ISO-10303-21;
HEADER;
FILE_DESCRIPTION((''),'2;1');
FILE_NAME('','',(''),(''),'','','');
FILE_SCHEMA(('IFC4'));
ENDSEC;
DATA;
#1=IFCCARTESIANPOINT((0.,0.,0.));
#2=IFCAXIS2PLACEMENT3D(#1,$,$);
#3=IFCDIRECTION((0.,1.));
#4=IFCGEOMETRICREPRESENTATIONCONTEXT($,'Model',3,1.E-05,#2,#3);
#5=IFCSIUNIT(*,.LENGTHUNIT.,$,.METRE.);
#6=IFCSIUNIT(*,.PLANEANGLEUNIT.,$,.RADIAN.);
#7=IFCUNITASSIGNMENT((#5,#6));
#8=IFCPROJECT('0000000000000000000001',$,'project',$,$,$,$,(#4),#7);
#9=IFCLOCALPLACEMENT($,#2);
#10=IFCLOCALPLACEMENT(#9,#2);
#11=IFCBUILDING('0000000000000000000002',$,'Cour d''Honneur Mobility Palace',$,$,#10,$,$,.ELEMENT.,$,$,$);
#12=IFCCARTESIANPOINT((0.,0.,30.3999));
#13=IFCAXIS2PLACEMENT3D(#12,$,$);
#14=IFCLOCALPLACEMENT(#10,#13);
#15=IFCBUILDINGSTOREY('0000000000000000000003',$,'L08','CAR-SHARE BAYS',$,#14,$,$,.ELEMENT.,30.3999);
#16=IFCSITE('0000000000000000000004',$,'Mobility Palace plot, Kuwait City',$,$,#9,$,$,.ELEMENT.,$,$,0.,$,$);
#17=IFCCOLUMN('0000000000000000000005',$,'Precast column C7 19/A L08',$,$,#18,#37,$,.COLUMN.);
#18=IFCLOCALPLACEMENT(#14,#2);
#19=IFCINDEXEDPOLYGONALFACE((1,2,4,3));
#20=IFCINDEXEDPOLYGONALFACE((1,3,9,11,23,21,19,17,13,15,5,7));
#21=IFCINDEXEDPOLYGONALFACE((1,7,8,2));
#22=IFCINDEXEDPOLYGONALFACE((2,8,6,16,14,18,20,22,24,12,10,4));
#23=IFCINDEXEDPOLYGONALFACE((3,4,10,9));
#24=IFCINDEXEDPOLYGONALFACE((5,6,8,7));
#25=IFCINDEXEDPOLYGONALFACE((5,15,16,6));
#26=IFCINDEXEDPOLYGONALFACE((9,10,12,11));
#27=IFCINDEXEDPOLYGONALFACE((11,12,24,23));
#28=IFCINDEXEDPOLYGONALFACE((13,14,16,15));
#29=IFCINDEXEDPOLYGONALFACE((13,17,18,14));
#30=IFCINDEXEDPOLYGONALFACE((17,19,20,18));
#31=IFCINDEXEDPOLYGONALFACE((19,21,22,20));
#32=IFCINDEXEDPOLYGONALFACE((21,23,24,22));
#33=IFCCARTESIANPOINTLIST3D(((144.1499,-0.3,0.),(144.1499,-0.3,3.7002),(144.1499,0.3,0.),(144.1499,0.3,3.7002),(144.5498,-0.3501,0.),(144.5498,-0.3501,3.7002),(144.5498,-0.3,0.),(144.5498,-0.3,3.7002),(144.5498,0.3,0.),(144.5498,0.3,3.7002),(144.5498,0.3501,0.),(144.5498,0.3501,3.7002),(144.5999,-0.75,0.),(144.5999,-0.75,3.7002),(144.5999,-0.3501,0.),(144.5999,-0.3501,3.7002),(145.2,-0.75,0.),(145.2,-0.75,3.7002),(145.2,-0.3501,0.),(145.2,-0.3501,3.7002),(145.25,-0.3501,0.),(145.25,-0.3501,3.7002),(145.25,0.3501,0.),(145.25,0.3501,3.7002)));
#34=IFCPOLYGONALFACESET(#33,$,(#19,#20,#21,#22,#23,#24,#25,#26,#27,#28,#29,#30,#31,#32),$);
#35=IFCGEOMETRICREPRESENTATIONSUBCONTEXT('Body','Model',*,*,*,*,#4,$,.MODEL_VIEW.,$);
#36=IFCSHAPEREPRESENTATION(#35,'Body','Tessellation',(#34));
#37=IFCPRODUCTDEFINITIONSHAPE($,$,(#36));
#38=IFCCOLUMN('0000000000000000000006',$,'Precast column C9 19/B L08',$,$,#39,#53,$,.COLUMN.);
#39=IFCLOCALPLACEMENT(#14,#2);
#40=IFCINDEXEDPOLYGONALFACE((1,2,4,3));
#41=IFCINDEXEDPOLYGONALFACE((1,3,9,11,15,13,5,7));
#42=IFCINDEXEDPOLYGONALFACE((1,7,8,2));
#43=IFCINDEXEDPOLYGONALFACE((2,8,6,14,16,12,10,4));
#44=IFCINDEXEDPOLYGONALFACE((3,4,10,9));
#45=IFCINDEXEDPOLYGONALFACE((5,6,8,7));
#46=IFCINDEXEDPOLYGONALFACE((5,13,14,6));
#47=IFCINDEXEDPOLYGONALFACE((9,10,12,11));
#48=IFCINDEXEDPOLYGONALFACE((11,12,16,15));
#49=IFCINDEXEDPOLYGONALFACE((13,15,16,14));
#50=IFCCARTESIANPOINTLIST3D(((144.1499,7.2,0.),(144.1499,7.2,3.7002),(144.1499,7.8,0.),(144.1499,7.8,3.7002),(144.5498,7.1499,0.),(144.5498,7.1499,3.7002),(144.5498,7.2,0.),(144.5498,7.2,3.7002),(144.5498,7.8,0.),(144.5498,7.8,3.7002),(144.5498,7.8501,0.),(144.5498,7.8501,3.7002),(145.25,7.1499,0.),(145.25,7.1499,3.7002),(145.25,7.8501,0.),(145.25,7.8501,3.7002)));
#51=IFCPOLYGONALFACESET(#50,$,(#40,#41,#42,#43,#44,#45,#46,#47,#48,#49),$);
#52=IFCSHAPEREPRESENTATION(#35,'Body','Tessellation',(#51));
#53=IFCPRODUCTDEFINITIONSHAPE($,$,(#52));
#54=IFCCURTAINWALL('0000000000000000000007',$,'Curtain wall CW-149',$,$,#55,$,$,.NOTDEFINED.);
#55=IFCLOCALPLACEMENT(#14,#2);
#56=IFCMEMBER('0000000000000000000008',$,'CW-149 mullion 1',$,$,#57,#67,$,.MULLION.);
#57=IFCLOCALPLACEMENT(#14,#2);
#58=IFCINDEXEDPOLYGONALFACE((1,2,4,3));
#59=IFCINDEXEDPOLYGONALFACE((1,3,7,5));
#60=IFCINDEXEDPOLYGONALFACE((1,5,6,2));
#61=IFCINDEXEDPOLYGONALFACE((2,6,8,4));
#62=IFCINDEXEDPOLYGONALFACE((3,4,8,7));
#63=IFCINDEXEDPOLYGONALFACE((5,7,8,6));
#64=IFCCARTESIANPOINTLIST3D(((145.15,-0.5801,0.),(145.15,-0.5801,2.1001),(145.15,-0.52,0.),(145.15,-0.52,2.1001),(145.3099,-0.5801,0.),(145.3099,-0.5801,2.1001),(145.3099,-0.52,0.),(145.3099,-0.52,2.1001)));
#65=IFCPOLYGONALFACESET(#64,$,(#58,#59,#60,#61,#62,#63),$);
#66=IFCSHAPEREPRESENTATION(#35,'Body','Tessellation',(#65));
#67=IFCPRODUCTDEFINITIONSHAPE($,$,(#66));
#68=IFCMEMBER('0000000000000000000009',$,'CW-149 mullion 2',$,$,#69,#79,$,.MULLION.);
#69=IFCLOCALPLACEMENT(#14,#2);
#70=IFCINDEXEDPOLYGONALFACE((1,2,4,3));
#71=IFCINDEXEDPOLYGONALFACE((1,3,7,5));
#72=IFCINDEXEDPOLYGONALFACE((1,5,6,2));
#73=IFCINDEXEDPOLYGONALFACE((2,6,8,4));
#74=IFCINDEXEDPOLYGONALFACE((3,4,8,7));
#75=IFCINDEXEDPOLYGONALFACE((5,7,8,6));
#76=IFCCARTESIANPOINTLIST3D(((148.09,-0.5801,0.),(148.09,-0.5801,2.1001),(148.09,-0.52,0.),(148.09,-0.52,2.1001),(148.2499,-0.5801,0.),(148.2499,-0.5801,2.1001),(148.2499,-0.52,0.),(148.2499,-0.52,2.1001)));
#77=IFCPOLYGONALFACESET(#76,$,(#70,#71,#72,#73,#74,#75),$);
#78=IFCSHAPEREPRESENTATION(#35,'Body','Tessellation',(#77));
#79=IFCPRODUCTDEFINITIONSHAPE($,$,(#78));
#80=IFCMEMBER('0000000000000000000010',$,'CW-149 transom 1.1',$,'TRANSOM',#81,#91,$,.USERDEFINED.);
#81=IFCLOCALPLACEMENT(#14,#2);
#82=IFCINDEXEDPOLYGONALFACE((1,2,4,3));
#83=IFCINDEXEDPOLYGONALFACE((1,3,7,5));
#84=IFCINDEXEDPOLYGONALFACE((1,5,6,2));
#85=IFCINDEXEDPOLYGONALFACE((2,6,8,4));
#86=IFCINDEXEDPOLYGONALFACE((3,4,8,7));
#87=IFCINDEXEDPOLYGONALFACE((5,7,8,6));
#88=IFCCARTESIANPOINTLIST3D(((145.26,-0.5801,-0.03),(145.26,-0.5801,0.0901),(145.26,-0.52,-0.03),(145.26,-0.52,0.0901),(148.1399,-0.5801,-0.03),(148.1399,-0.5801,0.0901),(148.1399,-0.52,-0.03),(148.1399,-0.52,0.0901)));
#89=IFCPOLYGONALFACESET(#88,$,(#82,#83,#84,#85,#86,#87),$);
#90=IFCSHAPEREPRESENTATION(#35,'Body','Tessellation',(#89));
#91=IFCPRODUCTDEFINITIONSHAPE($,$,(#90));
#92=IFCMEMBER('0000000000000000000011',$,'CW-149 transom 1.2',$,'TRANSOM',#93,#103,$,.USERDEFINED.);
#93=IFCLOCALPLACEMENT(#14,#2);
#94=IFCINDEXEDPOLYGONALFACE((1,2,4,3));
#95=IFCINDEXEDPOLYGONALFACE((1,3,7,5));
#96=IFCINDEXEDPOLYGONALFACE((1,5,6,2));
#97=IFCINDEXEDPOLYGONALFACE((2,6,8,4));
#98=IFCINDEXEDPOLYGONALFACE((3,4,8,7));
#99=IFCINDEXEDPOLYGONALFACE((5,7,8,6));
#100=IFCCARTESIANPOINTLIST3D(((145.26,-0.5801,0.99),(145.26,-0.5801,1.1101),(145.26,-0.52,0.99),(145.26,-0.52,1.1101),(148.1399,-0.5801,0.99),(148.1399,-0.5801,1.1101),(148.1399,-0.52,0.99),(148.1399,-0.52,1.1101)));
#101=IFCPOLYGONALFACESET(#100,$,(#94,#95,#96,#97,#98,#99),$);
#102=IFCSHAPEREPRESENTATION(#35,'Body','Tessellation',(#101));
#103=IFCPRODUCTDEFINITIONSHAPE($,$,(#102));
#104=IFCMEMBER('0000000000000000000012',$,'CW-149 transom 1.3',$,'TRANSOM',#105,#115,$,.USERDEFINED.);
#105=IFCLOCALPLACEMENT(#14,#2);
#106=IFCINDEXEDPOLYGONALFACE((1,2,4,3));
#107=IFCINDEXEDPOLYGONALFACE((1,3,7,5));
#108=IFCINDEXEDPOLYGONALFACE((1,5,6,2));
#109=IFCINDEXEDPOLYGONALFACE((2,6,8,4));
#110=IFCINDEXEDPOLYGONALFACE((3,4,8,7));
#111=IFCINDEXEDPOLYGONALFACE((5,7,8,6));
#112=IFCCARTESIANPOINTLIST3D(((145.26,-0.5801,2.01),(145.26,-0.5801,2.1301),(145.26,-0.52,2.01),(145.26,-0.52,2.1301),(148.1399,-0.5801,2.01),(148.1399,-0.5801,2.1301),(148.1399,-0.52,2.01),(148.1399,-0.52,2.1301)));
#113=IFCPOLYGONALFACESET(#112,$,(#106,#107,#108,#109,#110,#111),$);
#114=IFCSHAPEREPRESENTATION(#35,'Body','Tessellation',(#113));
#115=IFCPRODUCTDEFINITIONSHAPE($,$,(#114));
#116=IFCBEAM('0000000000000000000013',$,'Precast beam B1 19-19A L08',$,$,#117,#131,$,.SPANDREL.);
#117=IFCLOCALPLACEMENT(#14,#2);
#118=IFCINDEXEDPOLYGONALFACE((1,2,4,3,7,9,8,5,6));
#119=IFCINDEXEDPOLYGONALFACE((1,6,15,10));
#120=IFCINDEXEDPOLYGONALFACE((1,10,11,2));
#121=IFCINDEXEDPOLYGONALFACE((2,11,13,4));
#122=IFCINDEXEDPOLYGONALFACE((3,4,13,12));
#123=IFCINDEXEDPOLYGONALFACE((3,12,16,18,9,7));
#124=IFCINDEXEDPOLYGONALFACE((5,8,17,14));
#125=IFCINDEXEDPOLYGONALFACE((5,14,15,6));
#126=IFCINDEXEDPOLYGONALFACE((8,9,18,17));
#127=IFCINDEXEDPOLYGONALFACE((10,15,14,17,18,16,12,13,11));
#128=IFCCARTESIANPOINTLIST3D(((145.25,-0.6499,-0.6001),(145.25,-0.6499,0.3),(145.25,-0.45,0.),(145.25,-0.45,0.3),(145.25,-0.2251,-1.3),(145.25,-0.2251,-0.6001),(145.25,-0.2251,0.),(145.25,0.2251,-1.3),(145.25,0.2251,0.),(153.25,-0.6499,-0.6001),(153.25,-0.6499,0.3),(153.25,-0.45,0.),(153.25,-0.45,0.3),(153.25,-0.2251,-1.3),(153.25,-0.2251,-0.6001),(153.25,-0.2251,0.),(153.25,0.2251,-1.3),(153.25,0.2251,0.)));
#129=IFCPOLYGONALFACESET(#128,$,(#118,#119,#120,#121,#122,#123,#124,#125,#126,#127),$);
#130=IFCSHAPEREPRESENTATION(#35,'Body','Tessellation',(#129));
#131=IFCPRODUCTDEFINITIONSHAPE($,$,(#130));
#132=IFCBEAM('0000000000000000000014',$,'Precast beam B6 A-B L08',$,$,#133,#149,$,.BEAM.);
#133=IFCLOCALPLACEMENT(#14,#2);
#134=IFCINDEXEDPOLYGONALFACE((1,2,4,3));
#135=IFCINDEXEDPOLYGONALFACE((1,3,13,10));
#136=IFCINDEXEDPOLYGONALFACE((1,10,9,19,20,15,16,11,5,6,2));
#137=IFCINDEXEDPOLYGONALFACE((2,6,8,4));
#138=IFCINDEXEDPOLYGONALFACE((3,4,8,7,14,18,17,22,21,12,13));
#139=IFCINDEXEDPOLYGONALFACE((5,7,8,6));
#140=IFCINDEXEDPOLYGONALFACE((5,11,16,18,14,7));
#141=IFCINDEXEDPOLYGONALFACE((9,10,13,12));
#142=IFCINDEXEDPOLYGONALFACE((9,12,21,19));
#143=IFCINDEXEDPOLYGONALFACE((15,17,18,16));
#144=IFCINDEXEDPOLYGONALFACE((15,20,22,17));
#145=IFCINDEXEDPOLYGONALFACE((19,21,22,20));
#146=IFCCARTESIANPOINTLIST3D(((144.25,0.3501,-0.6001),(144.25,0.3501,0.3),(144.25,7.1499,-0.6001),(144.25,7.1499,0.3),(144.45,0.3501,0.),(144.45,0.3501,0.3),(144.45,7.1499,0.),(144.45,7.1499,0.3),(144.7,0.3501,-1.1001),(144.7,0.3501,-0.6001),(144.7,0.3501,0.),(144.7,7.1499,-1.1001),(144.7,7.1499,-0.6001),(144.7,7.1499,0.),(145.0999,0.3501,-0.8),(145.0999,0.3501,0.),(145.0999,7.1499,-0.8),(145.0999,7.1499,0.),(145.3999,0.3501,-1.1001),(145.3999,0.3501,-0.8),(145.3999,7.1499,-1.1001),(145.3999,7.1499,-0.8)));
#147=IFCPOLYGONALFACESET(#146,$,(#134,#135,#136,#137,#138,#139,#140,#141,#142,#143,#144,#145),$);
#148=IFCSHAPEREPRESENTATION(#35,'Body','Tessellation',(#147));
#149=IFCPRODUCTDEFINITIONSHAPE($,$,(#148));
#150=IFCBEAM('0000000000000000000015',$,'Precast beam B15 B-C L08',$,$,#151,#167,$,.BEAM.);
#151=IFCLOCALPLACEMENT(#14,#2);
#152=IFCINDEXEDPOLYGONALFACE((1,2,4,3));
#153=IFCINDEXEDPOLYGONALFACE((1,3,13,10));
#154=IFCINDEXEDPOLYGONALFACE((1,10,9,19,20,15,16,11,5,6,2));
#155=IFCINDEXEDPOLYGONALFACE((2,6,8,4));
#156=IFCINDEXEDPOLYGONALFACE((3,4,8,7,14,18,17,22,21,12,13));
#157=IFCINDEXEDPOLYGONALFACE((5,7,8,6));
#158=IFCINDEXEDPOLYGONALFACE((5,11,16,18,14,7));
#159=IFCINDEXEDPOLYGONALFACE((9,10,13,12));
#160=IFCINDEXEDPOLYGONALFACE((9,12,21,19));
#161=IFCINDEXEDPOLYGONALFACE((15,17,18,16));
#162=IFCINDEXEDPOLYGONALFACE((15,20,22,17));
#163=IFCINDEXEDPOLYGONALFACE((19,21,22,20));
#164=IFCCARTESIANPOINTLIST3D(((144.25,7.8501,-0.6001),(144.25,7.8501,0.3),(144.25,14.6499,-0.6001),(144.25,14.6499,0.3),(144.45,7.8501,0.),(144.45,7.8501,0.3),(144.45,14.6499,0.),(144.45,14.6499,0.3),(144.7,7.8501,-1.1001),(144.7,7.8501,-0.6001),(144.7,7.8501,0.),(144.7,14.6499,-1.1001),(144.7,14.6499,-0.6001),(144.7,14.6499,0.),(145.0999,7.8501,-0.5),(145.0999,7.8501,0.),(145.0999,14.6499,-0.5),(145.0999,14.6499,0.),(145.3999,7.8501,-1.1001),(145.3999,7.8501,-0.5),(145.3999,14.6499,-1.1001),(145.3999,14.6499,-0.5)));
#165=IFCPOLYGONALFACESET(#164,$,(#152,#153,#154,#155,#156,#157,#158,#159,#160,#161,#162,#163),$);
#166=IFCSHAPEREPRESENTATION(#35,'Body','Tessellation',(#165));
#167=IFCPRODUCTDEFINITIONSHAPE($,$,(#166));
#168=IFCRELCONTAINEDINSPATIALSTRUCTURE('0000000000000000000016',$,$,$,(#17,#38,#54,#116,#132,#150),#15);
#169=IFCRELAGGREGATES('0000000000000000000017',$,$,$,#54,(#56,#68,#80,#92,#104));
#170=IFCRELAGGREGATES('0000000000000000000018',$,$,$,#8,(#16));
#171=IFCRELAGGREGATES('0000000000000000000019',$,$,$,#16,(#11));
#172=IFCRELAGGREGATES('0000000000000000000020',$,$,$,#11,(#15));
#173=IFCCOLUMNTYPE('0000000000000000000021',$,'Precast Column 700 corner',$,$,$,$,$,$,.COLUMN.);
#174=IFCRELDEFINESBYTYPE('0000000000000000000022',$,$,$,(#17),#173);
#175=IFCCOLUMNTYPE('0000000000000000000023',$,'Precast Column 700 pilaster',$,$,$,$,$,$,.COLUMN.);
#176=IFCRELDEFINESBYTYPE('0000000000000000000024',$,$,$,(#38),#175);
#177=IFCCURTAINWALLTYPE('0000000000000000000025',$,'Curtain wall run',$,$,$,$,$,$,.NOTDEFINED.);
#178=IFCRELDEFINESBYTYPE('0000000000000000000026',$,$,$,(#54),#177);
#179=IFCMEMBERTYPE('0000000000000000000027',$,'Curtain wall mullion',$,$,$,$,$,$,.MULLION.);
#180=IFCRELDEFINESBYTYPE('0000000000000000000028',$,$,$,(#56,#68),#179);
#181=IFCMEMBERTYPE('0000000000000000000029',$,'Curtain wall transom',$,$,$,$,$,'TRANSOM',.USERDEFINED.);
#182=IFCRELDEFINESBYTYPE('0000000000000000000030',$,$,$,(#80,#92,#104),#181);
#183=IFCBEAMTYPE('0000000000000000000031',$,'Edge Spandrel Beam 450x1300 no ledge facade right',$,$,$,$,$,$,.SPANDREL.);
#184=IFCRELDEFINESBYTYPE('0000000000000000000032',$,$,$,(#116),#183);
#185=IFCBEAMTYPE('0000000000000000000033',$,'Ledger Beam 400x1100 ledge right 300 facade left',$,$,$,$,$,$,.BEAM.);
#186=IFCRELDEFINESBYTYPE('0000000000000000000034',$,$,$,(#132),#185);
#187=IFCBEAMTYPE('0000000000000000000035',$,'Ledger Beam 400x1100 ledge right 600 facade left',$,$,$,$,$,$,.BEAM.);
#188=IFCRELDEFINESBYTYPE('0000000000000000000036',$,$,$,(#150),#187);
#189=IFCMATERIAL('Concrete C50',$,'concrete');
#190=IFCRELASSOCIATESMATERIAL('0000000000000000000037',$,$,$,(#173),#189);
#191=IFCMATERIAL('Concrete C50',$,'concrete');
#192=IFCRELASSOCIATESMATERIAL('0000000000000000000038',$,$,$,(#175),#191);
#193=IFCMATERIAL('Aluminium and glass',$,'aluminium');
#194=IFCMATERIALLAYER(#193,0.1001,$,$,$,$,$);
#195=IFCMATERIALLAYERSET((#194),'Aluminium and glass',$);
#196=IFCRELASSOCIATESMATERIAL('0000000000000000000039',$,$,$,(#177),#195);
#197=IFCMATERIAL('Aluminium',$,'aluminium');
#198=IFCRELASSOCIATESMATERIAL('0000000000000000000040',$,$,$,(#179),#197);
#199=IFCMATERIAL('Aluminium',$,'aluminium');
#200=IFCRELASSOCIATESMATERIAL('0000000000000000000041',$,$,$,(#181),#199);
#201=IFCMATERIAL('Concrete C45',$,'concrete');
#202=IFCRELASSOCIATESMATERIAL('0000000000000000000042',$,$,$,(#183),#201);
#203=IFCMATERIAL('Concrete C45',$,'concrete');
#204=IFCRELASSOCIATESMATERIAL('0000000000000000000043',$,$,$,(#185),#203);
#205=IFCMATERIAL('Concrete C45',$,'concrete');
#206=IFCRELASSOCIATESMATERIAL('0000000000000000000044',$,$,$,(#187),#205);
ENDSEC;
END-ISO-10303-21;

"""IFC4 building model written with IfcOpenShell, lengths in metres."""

from ifc_helpers import new_model, si_unit, direction, frame, origin, origin_2d, place, context, subcontext, project, spatial, polyline, rectangle, outline, extrude, material, layer, layer_set, material_profile, profile_set, type_object, element, aggregate, save


model = new_model("IFC4")

# Units and contexts
model_context = context("Model", 3, precision=1e-05, world=origin(), true_north=direction((0.0, 1.0)))
body_context = subcontext(model_context, "Body", "Model", "MODEL_VIEW")
ifc_project = project(units=[si_unit("LENGTHUNIT", "METRE"), si_unit("PLANEANGLEUNIT", "RADIAN")], contexts=[model_context])

# Site, building, storey
site_placement = place(None, origin())
site = spatial("IfcSite", under=ifc_project, at=site_placement, Name="Mobility Palace plot, Kuwait City", CompositionType="ELEMENT", RefElevation=0.0)
building_placement = place(site_placement, origin())
building = spatial("IfcBuilding", under=site, at=building_placement, Name="Cour d'Honneur Mobility Palace", CompositionType="ELEMENT")
storey_placement = place(building_placement, frame((0.0, 0.0, 30.3999)))
storey = spatial("IfcBuildingStorey", under=building, at=storey_placement, Name="L08", Description="CAR-SHARE BAYS", CompositionType="ELEMENT", Elevation=30.3999)

# Columns
ifc_material_1 = material(Name="Concrete C50", Category="concrete")
ifc_material_profile_1 = material_profile(ifc_material_1, outline(polyline([(-0.3501, -0.3501), (0.3501, -0.3501), (0.3501, -0.3), (0.75, -0.3), (0.75, 0.3), (0.3501, 0.3), (0.3501, 0.3501), (0.3, 0.3501), (0.3, 0.75), (-0.3, 0.75), (-0.3, 0.3501), (-0.3501, 0.3501), (-0.3501, -0.3501)])), Name="PC C700 corner")
ifc_profile_set_1 = profile_set([ifc_material_profile_1], Name="Concrete C50")
column_type_1 = type_object("IfcColumnType", Name="Precast Column 700 corner", PredefinedType="COLUMN", material=ifc_profile_set_1)
column_1_placement = place(storey_placement, frame((144.8999, 0.0, 0.0), z_axis=(0.0, 0.0, 1.0), x_axis=(-1.0, 0.0, 0.0)))
element("IfcColumn", 1, at=column_1_placement, inside=storey, type_object=column_type_1, Name="Precast column C7 19/A L08", PredefinedType="COLUMN", context=body_context, shape_type="SweptSolid", body=[
    extrude(outline(polyline([(-0.3501, -0.3501), (0.3501, -0.3501), (0.3501, -0.3), (0.75, -0.3), (0.75, 0.3), (0.3501, 0.3), (0.3501, 0.3501), (0.3, 0.3501), (0.3, 0.75), (-0.3, 0.75), (-0.3, 0.3501), (-0.3501, 0.3501), (-0.3501, -0.3501)])), origin(), (0.0, 0.0, 1.0), 3.7002),
])
ifc_material_2 = material(Name="Concrete C50", Category="concrete")
ifc_material_profile_2 = material_profile(ifc_material_2, outline(polyline([(-0.3501, -0.3501), (0.3501, -0.3501), (0.3501, -0.3), (0.75, -0.3), (0.75, 0.3), (0.3501, 0.3), (0.3501, 0.3501), (-0.3501, 0.3501), (-0.3501, -0.3501)])), Name="PC C700 pilaster")
ifc_profile_set_2 = profile_set([ifc_material_profile_2], Name="Concrete C50")
column_type_2 = type_object("IfcColumnType", Name="Precast Column 700 pilaster", PredefinedType="COLUMN", material=ifc_profile_set_2)
column_2_placement = place(storey_placement, frame((144.8999, 7.5, 0.0), z_axis=(0.0, 0.0, 1.0), x_axis=(-1.0, 0.0, 0.0)))
element("IfcColumn", 2, at=column_2_placement, inside=storey, type_object=column_type_2, Name="Precast column C9 19/B L08", PredefinedType="COLUMN", context=body_context, shape_type="SweptSolid", body=[
    extrude(outline(polyline([(-0.3501, -0.3501), (0.3501, -0.3501), (0.3501, -0.3), (0.75, -0.3), (0.75, 0.3), (0.3501, 0.3), (0.3501, 0.3501), (-0.3501, 0.3501), (-0.3501, -0.3501)])), origin(), (0.0, 0.0, 1.0), 3.7002),
])

# Curtain wall, members
ifc_material_3 = material(Name="Aluminium and glass", Category="aluminium")
ifc_layer_1 = layer(ifc_material_3, 0.1001)
ifc_layer_set_1 = layer_set([ifc_layer_1], Name="Aluminium and glass")
curtain_wall_type = type_object("IfcCurtainWallType", Name="Curtain wall run", PredefinedType="NOTDEFINED", material=ifc_layer_set_1)
curtain_wall_placement = place(storey_placement, origin())
curtain_wall = element("IfcCurtainWall", 3, at=curtain_wall_placement, inside=storey, type_object=curtain_wall_type, Name="Curtain wall CW-149", PredefinedType="NOTDEFINED")
ifc_material_4 = material(Name="Aluminium", Category="aluminium")
ifc_material_profile_3 = material_profile(ifc_material_4, rectangle(XDim=0.0601, YDim=0.1599, at=origin_2d()), Name="Curtain wall mullion")
ifc_profile_set_3 = profile_set([ifc_material_profile_3], Name="Aluminium")
member_type_1 = type_object("IfcMemberType", Name="Curtain wall mullion", PredefinedType="MULLION", material=ifc_profile_set_3)
member_1_placement = place(storey_placement, frame((145.23, -0.55, 0.0), z_axis=(0.0, 0.0, 1.0), x_axis=(0.0, 1.0, 0.0)))
member_1 = element("IfcMember", 4, at=member_1_placement, type_object=member_type_1, Name="CW-149 mullion 1", PredefinedType="MULLION", context=body_context, shape_type="SweptSolid", body=[
    extrude(rectangle(XDim=0.0601, YDim=0.1599, at=origin_2d()), origin(), (0.0, 0.0, 1.0), 2.1001),
])
member_2_placement = place(storey_placement, frame((148.1699, -0.55, 0.0), z_axis=(0.0, 0.0, 1.0), x_axis=(0.0, 1.0, 0.0)))
member_2 = element("IfcMember", 5, at=member_2_placement, type_object=member_type_1, Name="CW-149 mullion 2", PredefinedType="MULLION", context=body_context, shape_type="SweptSolid", body=[
    extrude(rectangle(XDim=0.0601, YDim=0.1599, at=origin_2d()), origin(), (0.0, 0.0, 1.0), 2.1001),
])
ifc_material_5 = material(Name="Aluminium", Category="aluminium")
ifc_material_profile_4 = material_profile(ifc_material_5, rectangle(XDim=0.0601, YDim=0.1201, at=origin_2d()), Name="Curtain wall transom")
ifc_profile_set_4 = profile_set([ifc_material_profile_4], Name="Aluminium")
member_type_2 = type_object("IfcMemberType", Name="Curtain wall transom", ElementType="TRANSOM", PredefinedType="USERDEFINED", material=ifc_profile_set_4)
member_3_placement = place(storey_placement, frame((145.26, -0.55, 0.03), z_axis=(1.0, 0.0, 0.0), x_axis=(0.0, 1.0, 0.0)))
member_3 = element("IfcMember", 6, at=member_3_placement, type_object=member_type_2, Name="CW-149 transom 1.1", ObjectType="TRANSOM", PredefinedType="USERDEFINED", context=body_context, shape_type="SweptSolid", body=[
    extrude(rectangle(XDim=0.0601, YDim=0.1201, at=origin_2d()), origin(), (0.0, 0.0, 1.0), 2.8799),
])
member_4_placement = place(storey_placement, frame((145.26, -0.55, 1.05), z_axis=(1.0, 0.0, 0.0), x_axis=(0.0, 1.0, 0.0)))
member_4 = element("IfcMember", 7, at=member_4_placement, type_object=member_type_2, Name="CW-149 transom 1.2", ObjectType="TRANSOM", PredefinedType="USERDEFINED", context=body_context, shape_type="SweptSolid", body=[
    extrude(rectangle(XDim=0.0601, YDim=0.1201, at=origin_2d()), origin(), (0.0, 0.0, 1.0), 2.8799),
])
member_5_placement = place(storey_placement, frame((145.26, -0.55, 2.0701), z_axis=(1.0, 0.0, 0.0), x_axis=(0.0, 1.0, 0.0)))
member_5 = element("IfcMember", 8, at=member_5_placement, type_object=member_type_2, Name="CW-149 transom 1.3", ObjectType="TRANSOM", PredefinedType="USERDEFINED", context=body_context, shape_type="SweptSolid", body=[
    extrude(rectangle(XDim=0.0601, YDim=0.1201, at=origin_2d()), origin(), (0.0, 0.0, 1.0), 2.8799),
])

# Beams
ifc_material_6 = material(Name="Concrete C45", Category="concrete")
ifc_material_profile_5 = material_profile(ifc_material_6, outline(polyline([(0.2251, -1.3), (0.2251, 0.0), (-0.2251, 0.0), (-0.45, 0.0), (-0.45, 0.3), (-0.6499, 0.3), (-0.6499, -0.6001), (-0.2251, -0.6001), (-0.2251, -1.3), (0.2251, -1.3)])), Name="Edge Spandrel Beam 450x1300 no ledge facade right")
ifc_profile_set_5 = profile_set([ifc_material_profile_5], Name="Concrete C45")
beam_type_1 = type_object("IfcBeamType", Name="Edge Spandrel Beam 450x1300 no ledge facade right", PredefinedType="SPANDREL", material=ifc_profile_set_5)
beam_1_placement = place(storey_placement, frame((145.25, 0.0, 0.0), z_axis=(1.0, 0.0, 0.0), x_axis=(0.0, 1.0, 0.0)))
element("IfcBeam", 9, at=beam_1_placement, inside=storey, type_object=beam_type_1, Name="Precast beam B1 19-19A L08", PredefinedType="SPANDREL", context=body_context, shape_type="SweptSolid", body=[
    extrude(outline(polyline([(0.2251, -1.3), (0.2251, 0.0), (-0.2251, 0.0), (-0.45, 0.0), (-0.45, 0.3), (-0.6499, 0.3), (-0.6499, -0.6001), (-0.2251, -0.6001), (-0.2251, -1.3), (0.2251, -1.3)])), origin(), (0.0, 0.0, 1.0), 8.0),
])
ifc_material_7 = material(Name="Concrete C45", Category="concrete")
ifc_material_profile_6 = material_profile(ifc_material_7, outline(polyline([(0.2, -1.1001), (0.2, -0.6001), (0.6499, -0.6001), (0.6499, 0.3), (0.45, 0.3), (0.45, 0.0), (0.2, 0.0), (-0.2, 0.0), (-0.2, -0.8), (-0.5, -0.8), (-0.5, -1.1001), (0.2, -1.1001)])), Name="Ledger Beam 400x1100 ledge right 300 facade left")
ifc_profile_set_6 = profile_set([ifc_material_profile_6], Name="Concrete C45")
beam_type_2 = type_object("IfcBeamType", Name="Ledger Beam 400x1100 ledge right 300 facade left", PredefinedType="BEAM", material=ifc_profile_set_6)
beam_2_placement = place(storey_placement, frame((144.8999, 0.3501, 0.0), z_axis=(0.0, 1.0, 0.0), x_axis=(-1.0, 0.0, 0.0)))
element("IfcBeam", 10, at=beam_2_placement, inside=storey, type_object=beam_type_2, Name="Precast beam B6 A-B L08", PredefinedType="BEAM", context=body_context, shape_type="SweptSolid", body=[
    extrude(outline(polyline([(0.2, -1.1001), (0.2, -0.6001), (0.6499, -0.6001), (0.6499, 0.3), (0.45, 0.3), (0.45, 0.0), (0.2, 0.0), (-0.2, 0.0), (-0.2, -0.8), (-0.5, -0.8), (-0.5, -1.1001), (0.2, -1.1001)])), origin(), (0.0, 0.0, 1.0), 6.7998),
])
ifc_material_8 = material(Name="Concrete C45", Category="concrete")
ifc_material_profile_7 = material_profile(ifc_material_8, outline(polyline([(0.2, -1.1001), (0.2, -0.6001), (0.6499, -0.6001), (0.6499, 0.3), (0.45, 0.3), (0.45, 0.0), (0.2, 0.0), (-0.2, 0.0), (-0.2, -0.5), (-0.5, -0.5), (-0.5, -1.1001), (0.2, -1.1001)])), Name="Ledger Beam 400x1100 ledge right 600 facade left")
ifc_profile_set_7 = profile_set([ifc_material_profile_7], Name="Concrete C45")
beam_type_3 = type_object("IfcBeamType", Name="Ledger Beam 400x1100 ledge right 600 facade left", PredefinedType="BEAM", material=ifc_profile_set_7)
beam_3_placement = place(storey_placement, frame((144.8999, 7.8501, 0.0), z_axis=(0.0, 1.0, 0.0), x_axis=(-1.0, 0.0, 0.0)))
element("IfcBeam", 11, at=beam_3_placement, inside=storey, type_object=beam_type_3, Name="Precast beam B15 B-C L08", PredefinedType="BEAM", context=body_context, shape_type="SweptSolid", body=[
    extrude(outline(polyline([(0.2, -1.1001), (0.2, -0.6001), (0.6499, -0.6001), (0.6499, 0.3), (0.45, 0.3), (0.45, 0.0), (0.2, 0.0), (-0.2, 0.0), (-0.2, -0.5), (-0.5, -0.5), (-0.5, -1.1001), (0.2, -1.1001)])), origin(), (0.0, 0.0, 1.0), 6.7998),
])

aggregate(curtain_wall, [member_1, member_2, member_3, member_4, member_5])

save(model, "model.ifc")
